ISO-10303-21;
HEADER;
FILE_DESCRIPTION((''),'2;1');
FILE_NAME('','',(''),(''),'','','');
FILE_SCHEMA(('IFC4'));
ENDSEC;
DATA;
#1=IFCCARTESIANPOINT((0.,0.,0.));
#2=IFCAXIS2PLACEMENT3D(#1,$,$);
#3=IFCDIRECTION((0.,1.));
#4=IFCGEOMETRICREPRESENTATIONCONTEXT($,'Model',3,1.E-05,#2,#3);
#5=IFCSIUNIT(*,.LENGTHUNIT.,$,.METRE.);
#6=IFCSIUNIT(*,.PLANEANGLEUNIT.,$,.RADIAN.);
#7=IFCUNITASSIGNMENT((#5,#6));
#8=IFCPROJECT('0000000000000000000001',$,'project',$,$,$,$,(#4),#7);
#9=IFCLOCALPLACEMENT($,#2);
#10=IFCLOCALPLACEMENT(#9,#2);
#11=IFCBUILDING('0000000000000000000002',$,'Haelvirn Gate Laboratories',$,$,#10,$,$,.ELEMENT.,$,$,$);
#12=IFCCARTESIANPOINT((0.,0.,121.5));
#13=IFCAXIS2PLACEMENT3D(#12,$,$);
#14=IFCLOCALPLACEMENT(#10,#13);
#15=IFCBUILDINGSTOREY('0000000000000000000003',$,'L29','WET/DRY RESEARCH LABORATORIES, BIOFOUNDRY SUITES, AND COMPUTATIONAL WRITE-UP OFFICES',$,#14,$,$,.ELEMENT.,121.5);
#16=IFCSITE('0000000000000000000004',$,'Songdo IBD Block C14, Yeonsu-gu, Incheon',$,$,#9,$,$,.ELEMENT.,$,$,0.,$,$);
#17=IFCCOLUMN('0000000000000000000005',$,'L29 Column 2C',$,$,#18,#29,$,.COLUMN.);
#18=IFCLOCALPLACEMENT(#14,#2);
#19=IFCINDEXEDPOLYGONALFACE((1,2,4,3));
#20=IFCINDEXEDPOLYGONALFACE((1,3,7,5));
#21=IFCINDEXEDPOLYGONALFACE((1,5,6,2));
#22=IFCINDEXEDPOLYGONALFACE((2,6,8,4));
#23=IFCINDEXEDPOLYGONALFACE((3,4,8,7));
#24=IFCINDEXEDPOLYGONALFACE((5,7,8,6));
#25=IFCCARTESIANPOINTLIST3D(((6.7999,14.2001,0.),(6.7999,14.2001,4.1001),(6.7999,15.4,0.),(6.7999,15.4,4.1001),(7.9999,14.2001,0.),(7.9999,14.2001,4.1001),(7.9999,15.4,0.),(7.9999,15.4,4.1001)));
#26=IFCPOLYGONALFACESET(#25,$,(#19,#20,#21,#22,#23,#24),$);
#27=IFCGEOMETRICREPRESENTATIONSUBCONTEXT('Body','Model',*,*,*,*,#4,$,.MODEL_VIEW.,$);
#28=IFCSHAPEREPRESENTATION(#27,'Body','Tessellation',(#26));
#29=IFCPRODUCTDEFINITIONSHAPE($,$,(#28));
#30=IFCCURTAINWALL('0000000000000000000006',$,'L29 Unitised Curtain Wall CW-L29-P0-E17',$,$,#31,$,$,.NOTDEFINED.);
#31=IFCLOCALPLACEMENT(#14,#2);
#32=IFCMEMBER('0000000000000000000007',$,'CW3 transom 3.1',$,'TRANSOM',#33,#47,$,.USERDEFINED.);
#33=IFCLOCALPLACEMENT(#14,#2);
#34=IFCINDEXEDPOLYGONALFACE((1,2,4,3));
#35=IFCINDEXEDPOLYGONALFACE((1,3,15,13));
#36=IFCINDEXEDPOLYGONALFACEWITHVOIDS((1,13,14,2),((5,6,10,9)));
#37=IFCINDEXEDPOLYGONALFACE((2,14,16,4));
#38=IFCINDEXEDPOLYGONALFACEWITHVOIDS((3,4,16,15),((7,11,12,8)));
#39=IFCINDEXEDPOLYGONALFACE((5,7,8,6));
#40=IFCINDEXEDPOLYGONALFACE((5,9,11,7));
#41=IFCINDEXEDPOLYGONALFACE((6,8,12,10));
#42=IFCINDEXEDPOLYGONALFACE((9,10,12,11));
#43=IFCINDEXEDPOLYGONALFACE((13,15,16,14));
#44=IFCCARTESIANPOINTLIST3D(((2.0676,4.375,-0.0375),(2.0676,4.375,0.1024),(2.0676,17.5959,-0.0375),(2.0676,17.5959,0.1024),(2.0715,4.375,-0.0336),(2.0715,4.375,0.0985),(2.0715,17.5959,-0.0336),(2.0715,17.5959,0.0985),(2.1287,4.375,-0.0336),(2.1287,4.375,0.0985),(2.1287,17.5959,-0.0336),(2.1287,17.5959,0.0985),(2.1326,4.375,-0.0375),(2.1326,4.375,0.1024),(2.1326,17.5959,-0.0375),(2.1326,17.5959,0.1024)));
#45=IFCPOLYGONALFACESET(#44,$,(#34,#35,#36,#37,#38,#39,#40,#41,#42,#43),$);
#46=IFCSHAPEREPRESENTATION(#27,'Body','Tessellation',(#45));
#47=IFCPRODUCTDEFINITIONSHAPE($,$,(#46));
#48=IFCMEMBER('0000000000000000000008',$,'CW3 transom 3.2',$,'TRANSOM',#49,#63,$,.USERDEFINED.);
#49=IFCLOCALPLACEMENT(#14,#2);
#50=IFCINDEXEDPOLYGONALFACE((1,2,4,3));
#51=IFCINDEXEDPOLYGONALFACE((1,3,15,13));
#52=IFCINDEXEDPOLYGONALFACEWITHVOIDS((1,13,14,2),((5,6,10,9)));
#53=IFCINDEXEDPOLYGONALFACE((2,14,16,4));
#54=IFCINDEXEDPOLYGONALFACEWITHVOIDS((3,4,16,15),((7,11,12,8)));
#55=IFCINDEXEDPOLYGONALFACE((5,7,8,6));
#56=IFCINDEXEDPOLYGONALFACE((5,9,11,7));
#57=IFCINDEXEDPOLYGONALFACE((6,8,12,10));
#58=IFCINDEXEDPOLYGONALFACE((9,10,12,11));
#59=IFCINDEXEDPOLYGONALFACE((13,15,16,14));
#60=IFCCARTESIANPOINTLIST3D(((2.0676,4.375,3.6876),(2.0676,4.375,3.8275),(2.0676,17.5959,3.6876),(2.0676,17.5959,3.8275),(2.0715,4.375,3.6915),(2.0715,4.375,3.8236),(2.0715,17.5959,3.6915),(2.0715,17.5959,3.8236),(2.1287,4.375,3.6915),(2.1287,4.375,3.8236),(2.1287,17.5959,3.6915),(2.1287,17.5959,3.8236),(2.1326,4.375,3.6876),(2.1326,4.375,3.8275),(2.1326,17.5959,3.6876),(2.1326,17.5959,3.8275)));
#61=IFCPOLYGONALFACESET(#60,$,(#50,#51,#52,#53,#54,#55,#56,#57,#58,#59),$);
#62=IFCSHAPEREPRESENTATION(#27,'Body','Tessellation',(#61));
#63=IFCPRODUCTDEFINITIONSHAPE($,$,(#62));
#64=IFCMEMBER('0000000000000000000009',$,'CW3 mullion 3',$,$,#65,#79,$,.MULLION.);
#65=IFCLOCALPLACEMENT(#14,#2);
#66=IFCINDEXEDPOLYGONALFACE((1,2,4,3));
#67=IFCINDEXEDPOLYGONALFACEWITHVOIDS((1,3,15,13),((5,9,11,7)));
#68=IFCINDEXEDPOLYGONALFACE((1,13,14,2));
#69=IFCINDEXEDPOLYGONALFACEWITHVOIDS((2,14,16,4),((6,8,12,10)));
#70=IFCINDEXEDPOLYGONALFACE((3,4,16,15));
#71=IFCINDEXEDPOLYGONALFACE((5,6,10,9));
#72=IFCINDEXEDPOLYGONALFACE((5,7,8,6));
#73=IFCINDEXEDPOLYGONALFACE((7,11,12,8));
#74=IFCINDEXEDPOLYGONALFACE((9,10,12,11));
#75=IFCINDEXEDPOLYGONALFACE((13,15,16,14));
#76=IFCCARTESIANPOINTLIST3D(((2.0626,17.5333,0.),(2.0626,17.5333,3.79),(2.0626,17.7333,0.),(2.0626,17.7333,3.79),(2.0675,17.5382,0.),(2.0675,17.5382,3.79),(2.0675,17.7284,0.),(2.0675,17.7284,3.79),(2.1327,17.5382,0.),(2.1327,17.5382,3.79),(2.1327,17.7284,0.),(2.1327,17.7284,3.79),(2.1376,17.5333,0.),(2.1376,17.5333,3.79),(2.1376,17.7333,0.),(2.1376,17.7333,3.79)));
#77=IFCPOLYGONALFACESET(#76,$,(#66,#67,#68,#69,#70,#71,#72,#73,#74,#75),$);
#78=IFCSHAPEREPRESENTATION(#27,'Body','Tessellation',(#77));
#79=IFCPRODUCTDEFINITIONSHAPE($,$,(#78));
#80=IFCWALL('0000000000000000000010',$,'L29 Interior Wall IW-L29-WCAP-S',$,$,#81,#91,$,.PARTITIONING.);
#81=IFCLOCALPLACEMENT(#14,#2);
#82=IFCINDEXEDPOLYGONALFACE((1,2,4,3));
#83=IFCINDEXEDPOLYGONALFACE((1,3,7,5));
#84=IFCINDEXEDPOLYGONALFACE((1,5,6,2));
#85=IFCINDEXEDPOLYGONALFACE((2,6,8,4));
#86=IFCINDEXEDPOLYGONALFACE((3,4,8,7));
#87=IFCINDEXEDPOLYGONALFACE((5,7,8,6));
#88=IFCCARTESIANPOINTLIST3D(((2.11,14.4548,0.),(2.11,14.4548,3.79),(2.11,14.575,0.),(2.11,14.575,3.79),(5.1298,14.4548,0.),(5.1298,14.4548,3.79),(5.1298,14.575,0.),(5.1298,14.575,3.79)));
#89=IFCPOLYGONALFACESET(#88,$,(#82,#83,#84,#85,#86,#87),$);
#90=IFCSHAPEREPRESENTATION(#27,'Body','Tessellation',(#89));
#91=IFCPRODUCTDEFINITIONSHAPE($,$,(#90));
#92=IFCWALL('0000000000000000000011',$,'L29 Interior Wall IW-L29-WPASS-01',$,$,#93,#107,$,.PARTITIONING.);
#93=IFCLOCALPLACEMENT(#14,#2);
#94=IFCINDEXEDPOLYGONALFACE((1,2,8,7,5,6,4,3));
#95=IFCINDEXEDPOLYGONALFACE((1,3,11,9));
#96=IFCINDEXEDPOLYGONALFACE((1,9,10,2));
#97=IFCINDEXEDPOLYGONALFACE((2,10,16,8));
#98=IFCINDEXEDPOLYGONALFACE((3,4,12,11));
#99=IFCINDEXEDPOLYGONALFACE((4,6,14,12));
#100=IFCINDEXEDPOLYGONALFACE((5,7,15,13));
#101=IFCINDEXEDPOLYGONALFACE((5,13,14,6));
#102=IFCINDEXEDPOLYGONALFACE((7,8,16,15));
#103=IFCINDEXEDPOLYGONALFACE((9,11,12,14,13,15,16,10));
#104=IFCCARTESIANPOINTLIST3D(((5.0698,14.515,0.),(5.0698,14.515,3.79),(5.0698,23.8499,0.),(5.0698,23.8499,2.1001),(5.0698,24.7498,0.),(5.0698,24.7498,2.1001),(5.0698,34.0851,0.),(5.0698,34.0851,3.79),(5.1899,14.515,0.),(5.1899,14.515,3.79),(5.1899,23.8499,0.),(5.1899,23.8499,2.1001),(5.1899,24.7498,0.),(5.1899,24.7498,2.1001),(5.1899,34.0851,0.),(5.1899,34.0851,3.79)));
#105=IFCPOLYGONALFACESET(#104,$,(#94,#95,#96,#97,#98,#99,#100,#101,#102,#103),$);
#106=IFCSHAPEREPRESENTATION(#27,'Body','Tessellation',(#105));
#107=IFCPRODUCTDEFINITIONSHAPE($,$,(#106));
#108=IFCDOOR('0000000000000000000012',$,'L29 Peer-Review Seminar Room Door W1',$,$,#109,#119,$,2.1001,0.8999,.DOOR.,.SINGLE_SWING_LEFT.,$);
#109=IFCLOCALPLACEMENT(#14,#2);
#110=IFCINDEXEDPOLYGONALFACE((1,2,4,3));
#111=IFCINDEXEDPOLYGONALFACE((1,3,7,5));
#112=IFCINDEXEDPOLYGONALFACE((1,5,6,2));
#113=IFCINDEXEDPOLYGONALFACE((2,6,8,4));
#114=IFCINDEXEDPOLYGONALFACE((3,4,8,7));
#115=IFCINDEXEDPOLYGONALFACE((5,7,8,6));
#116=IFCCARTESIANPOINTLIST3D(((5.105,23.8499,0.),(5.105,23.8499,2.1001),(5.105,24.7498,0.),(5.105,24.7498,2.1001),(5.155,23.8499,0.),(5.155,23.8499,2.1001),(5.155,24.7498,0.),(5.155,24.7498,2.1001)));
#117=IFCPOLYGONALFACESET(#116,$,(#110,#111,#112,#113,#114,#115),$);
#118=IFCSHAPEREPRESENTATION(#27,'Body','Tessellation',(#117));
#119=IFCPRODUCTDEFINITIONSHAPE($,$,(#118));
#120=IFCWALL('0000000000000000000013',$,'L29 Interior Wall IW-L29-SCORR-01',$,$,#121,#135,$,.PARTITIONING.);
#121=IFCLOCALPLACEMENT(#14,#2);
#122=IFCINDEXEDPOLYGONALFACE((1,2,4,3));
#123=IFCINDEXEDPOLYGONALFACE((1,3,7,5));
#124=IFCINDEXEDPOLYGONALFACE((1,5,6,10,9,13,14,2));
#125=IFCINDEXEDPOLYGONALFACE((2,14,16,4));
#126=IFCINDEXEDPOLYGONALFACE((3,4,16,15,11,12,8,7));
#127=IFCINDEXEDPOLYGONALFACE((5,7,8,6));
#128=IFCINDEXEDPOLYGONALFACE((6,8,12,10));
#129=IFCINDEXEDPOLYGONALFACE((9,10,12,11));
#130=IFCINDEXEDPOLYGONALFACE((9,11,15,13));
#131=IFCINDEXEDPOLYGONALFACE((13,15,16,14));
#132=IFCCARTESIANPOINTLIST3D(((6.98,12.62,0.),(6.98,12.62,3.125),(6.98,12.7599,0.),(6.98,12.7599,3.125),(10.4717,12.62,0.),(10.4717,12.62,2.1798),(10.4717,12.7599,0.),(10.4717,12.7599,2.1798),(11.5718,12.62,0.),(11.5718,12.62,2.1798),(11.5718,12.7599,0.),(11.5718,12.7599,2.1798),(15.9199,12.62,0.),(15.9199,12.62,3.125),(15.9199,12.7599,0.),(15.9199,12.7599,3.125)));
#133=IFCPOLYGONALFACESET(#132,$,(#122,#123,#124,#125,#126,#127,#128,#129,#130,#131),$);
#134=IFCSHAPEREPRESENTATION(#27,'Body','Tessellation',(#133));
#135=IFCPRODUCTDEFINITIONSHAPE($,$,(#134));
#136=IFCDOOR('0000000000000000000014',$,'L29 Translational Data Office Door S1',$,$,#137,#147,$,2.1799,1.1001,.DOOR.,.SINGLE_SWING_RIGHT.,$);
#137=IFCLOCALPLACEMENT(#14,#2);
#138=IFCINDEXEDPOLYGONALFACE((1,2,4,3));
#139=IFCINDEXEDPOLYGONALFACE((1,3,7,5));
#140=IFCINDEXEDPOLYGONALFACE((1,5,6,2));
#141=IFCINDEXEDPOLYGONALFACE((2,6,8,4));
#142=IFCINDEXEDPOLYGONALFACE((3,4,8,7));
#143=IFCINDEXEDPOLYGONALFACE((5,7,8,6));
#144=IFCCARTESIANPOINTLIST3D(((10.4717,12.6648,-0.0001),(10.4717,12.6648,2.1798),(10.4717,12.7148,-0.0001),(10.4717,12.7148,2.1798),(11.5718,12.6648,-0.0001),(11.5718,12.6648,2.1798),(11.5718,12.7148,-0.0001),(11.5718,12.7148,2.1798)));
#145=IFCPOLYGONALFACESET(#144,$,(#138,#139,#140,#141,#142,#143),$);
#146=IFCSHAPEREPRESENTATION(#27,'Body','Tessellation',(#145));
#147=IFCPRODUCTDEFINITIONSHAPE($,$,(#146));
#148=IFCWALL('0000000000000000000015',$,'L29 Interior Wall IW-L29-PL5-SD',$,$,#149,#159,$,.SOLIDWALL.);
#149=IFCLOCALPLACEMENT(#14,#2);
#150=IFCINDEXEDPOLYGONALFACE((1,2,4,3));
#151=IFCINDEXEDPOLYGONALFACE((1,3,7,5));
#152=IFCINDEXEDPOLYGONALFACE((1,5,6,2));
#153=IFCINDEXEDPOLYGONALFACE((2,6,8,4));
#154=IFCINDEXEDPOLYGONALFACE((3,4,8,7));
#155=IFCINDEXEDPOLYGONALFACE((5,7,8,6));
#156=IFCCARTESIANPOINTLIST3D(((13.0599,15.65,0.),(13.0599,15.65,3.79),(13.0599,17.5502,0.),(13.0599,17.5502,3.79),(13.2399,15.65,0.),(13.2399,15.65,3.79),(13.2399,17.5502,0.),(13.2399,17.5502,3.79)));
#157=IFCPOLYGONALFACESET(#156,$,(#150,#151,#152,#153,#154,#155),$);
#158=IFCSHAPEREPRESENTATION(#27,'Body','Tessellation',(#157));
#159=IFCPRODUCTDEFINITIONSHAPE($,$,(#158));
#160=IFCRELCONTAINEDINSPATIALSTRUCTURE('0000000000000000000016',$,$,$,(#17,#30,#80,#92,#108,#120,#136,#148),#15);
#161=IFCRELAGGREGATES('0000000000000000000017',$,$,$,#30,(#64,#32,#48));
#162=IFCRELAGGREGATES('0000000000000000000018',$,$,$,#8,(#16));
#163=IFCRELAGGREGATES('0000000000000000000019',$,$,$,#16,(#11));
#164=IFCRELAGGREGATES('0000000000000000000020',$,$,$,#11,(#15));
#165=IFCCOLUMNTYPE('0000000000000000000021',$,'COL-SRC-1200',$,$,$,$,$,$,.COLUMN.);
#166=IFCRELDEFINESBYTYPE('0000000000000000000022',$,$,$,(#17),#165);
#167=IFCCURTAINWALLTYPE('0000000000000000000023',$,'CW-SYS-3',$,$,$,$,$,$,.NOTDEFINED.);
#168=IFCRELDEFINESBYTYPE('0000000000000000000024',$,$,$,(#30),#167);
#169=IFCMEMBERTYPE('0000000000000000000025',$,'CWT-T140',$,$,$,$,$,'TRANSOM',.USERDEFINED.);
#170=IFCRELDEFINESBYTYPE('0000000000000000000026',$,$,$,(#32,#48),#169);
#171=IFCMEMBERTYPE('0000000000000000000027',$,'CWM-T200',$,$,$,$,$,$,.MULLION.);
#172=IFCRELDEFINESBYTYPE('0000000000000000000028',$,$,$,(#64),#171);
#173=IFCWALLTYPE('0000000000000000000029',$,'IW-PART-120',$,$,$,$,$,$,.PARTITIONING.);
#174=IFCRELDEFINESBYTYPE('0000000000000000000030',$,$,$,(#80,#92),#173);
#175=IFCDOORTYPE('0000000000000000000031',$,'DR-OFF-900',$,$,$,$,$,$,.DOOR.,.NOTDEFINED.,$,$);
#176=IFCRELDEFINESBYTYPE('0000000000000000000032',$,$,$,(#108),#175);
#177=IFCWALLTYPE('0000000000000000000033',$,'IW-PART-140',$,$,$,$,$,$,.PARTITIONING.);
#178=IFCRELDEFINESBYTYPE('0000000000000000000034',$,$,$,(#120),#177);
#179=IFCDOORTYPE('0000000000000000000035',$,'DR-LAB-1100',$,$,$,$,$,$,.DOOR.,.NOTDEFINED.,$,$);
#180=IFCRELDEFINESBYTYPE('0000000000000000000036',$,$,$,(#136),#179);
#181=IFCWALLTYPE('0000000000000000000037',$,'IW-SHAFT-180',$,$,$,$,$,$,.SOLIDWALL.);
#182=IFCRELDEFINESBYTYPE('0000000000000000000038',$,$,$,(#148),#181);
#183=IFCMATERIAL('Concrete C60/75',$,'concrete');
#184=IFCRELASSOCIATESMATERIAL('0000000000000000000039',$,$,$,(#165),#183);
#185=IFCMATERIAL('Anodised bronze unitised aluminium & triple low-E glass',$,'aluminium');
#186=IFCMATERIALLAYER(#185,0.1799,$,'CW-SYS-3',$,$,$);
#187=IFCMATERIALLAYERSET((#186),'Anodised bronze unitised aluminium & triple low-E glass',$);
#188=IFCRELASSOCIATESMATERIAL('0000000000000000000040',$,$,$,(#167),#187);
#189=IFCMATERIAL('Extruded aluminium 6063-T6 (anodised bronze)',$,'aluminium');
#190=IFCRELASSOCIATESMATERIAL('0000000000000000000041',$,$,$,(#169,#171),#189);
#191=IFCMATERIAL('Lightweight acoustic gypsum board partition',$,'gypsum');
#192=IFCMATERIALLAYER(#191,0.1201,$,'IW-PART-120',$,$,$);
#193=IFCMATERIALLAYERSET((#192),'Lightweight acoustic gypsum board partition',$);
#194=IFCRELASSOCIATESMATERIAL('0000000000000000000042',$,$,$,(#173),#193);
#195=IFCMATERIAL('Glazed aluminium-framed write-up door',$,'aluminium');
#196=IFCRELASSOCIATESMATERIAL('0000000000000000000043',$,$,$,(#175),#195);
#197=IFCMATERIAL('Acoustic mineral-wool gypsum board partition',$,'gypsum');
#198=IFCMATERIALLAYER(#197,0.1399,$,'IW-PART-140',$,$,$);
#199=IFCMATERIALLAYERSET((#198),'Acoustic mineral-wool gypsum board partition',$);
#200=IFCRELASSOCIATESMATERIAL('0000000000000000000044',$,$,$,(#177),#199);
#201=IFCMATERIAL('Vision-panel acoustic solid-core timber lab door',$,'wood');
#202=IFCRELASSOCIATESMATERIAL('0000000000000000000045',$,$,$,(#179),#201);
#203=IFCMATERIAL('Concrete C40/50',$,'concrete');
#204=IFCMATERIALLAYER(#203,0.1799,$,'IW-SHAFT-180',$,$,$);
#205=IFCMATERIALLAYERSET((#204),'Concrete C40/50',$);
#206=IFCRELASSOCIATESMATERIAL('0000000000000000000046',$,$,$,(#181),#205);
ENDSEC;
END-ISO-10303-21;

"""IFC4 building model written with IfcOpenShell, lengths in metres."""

from ifc_helpers import new_model, si_unit, direction, frame, frame_2d, origin, origin_2d, place, context, subcontext, project, spatial, rectangle, hollow_rectangle, extrude, source, transform, mapped, material, layer, layer_set, material_profile, profile_set, type_object, type_shapes, element, fill, aggregate, save


model = new_model("IFC4")

# Units and contexts
model_context = context("Model", 3, precision=1e-05, world=origin(), true_north=direction((0.0, 1.0)))
body_context = subcontext(model_context, "Body", "Model", "MODEL_VIEW")
ifc_project = project(units=[si_unit("LENGTHUNIT", "METRE"), si_unit("PLANEANGLEUNIT", "RADIAN")], contexts=[model_context])

# Site, building, storey
site_placement = place(None, origin())
site = spatial("IfcSite", under=ifc_project, at=site_placement, Name="Songdo IBD Block C14, Yeonsu-gu, Incheon", CompositionType="ELEMENT", RefElevation=0.0)
building_placement = place(site_placement, origin())
building = spatial("IfcBuilding", under=site, at=building_placement, Name="Haelvirn Gate Laboratories", CompositionType="ELEMENT")
storey_placement = place(building_placement, frame((0.0, 0.0, 121.5)))
storey = spatial("IfcBuildingStorey", under=building, at=storey_placement, Name="L29", Description="WET/DRY RESEARCH LABORATORIES, BIOFOUNDRY SUITES, AND COMPUTATIONAL WRITE-UP OFFICES", CompositionType="ELEMENT", Elevation=121.5)

# Column
ifc_material_1 = material(Name="Concrete C60/75", Category="concrete")
ifc_material_profile_1 = material_profile(ifc_material_1, rectangle(XDim=1.2, YDim=1.2, at=origin_2d()), Name="SRC-1200x1200")
ifc_profile_set_1 = profile_set([ifc_material_profile_1], Name="Concrete C60/75")
column_type = type_object("IfcColumnType", Name="COL-SRC-1200", PredefinedType="COLUMN", material=ifc_profile_set_1)
shared_shape_1 = source(origin(), body_context, "Body", "SweptSolid", [
    extrude(rectangle(XDim=1.2, YDim=1.2, at=origin_2d()), origin(), (0.0, 0.0, 1.0), 4.1001),
])
type_shapes(column_type, [shared_shape_1])
column_placement = place(storey_placement, frame((7.3999, 14.8, 0.0), z_axis=(0.0, 0.0, 1.0), x_axis=(1.0, 0.0, 0.0)))
element("IfcColumn", 1, at=column_placement, inside=storey, type_object=column_type, Name="L29 Column 2C", PredefinedType="COLUMN", context=body_context, shape_type="MappedRepresentation", body=[
    mapped(shared_shape_1, transform((0.0, 0.0, 0.0), scale=1.0)),
])

# Curtain wall, members
ifc_material_2 = material(Name="Anodised bronze unitised aluminium & triple low-E glass", Category="aluminium")
ifc_layer_1 = layer(ifc_material_2, 0.1799, Name="CW-SYS-3")
ifc_layer_set_1 = layer_set([ifc_layer_1], Name="Anodised bronze unitised aluminium & triple low-E glass")
curtain_wall_type = type_object("IfcCurtainWallType", Name="CW-SYS-3", PredefinedType="NOTDEFINED", material=ifc_layer_set_1)
curtain_wall_placement = place(storey_placement, origin())
curtain_wall = element("IfcCurtainWall", 2, at=curtain_wall_placement, inside=storey, type_object=curtain_wall_type, Name="L29 Unitised Curtain Wall CW-L29-P0-E17", PredefinedType="NOTDEFINED")
ifc_material_3 = material(Name="Extruded aluminium 6063-T6 (anodised bronze)", Category="aluminium")
ifc_material_profile_2 = material_profile(ifc_material_3, hollow_rectangle(XDim=0.0649, YDim=0.1399, WallThickness=0.0039, at=origin_2d()), Name="CWT-140x65x4")
ifc_profile_set_2 = profile_set([ifc_material_profile_2], Name="Extruded aluminium 6063-T6 (anodised bronze)")
member_type_1 = type_object("IfcMemberType", Name="CWT-T140", ElementType="TRANSOM", PredefinedType="USERDEFINED", material=ifc_profile_set_2)
shared_shape_2 = source(origin(), body_context, "Body", "SweptSolid", [
    extrude(hollow_rectangle(XDim=0.0649, YDim=0.1399, WallThickness=0.0039, at=origin_2d()), origin(), (0.0, 0.0, 1.0), 13.2209),
])
type_shapes(member_type_1, [shared_shape_2])
member_1_placement = place(storey_placement, frame((2.1001, 17.5959, 0.0325), z_axis=(0.0, -1.0, 0.0), x_axis=(1.0, 0.0, 0.0)))
member_1 = element("IfcMember", 3, at=member_1_placement, type_object=member_type_1, Name="CW3 transom 3.1", ObjectType="TRANSOM", PredefinedType="USERDEFINED", context=body_context, shape_type="MappedRepresentation", body=[
    mapped(shared_shape_2, transform((0.0, 0.0, 0.0), scale=1.0)),
])
member_2_placement = place(storey_placement, frame((2.1001, 17.5959, 3.7576), z_axis=(0.0, -1.0, 0.0), x_axis=(1.0, 0.0, 0.0)))
member_2 = element("IfcMember", 4, at=member_2_placement, type_object=member_type_1, Name="CW3 transom 3.2", ObjectType="TRANSOM", PredefinedType="USERDEFINED", context=body_context, shape_type="MappedRepresentation", body=[
    mapped(shared_shape_2, transform((0.0, 0.0, 0.0), scale=1.0)),
])
ifc_material_profile_3 = material_profile(ifc_material_3, hollow_rectangle(XDim=0.075, YDim=0.2, WallThickness=0.0049, at=origin_2d()), Name="CWM-200x75x5")
ifc_profile_set_3 = profile_set([ifc_material_profile_3], Name="Extruded aluminium 6063-T6 (anodised bronze)")
member_type_2 = type_object("IfcMemberType", Name="CWM-T200", PredefinedType="MULLION", material=ifc_profile_set_3)
shared_shape_3 = source(origin(), body_context, "Body", "SweptSolid", [
    extrude(hollow_rectangle(XDim=0.075, YDim=0.2, WallThickness=0.0049, at=origin_2d()), origin(), (0.0, 0.0, 1.0), 3.79),
])
type_shapes(member_type_2, [shared_shape_3])
member_3_placement = place(storey_placement, frame((2.1001, 17.6333, 0.0), z_axis=(0.0, 0.0, 1.0), x_axis=(1.0, 0.0, 0.0)))
member_3 = element("IfcMember", 5, at=member_3_placement, type_object=member_type_2, Name="CW3 mullion 3", PredefinedType="MULLION", context=body_context, shape_type="MappedRepresentation", body=[
    mapped(shared_shape_3, transform((0.0, 0.0, 0.0), scale=1.0)),
])
aggregate(curtain_wall, [member_3, member_1, member_2])

# Wall
ifc_material_4 = material(Name="Lightweight acoustic gypsum board partition", Category="gypsum")
ifc_layer_2 = layer(ifc_material_4, 0.1201, Name="IW-PART-120")
ifc_layer_set_2 = layer_set([ifc_layer_2], Name="Lightweight acoustic gypsum board partition")
wall_type_1 = type_object("IfcWallType", Name="IW-PART-120", PredefinedType="PARTITIONING", material=ifc_layer_set_2)
wall_1_placement = place(storey_placement, frame((2.1101, 14.5149, 0.0), z_axis=(0.0, 0.0, 1.0), x_axis=(1.0, 0.0, 0.0)))
element("IfcWall", 6, at=wall_1_placement, inside=storey, type_object=wall_type_1, Name="L29 Interior Wall IW-L29-WCAP-S", PredefinedType="PARTITIONING", context=body_context, shape_type="SweptSolid", body=[
    extrude(rectangle(XDim=3.0198, YDim=0.1201, at=frame_2d((1.5098, 0.0))), origin(), (0.0, 0.0, 1.0), 3.79),
])

# Walls, openings, doors
wall_2_placement = place(storey_placement, frame((5.1299, 14.5149, 0.0), z_axis=(0.0, 0.0, 1.0), x_axis=(0.0, 1.0, 0.0)))
wall_2 = element("IfcWall", 7, at=wall_2_placement, inside=storey, type_object=wall_type_1, Name="L29 Interior Wall IW-L29-WPASS-01", PredefinedType="PARTITIONING", context=body_context, shape_type="SweptSolid", body=[
    extrude(rectangle(XDim=19.5701, YDim=0.1201, at=frame_2d((9.7852, 0.0))), origin(), (0.0, 0.0, 1.0), 3.79),
])
opening_1_placement = place(wall_2_placement, frame((9.335, 0.0, 0.0)))
opening_1 = element("IfcOpeningElement", 8, at=opening_1_placement, cuts=wall_2, PredefinedType="OPENING", context=body_context, shape_type="SweptSolid", body=[
    extrude(rectangle(XDim=0.8999, YDim=2.1001, at=frame_2d((0.45, 1.05))), frame((0.0, 0.0701, 0.0), z_axis=(0.0, -1.0, 0.0), x_axis=(1.0, 0.0, 0.0)), (0.0, 0.0, 1.0), 0.1401),
])
ifc_material_5 = material(Name="Glazed aluminium-framed write-up door", Category="aluminium")
door_type_1 = type_object("IfcDoorType", Name="DR-OFF-900", OperationType="NOTDEFINED", PredefinedType="DOOR", material=ifc_material_5)
shared_shape_4 = source(origin(), body_context, "Body", "SweptSolid", [
    extrude(rectangle(XDim=0.8999, YDim=2.1001, at=frame_2d((0.45, 1.05))), frame((0.0, 0.0249, 0.0), z_axis=(0.0, -1.0, 0.0), x_axis=(1.0, 0.0, 0.0)), (0.0, 0.0, 1.0), 0.05),
])
type_shapes(door_type_1, [shared_shape_4])
door_1_placement = place(opening_1_placement, origin())
door_1 = element("IfcDoor", 9, at=door_1_placement, inside=storey, type_object=door_type_1, Name="L29 Peer-Review Seminar Room Door W1", OperationType="SINGLE_SWING_LEFT", OverallHeight=2.1001, OverallWidth=0.8999, PredefinedType="DOOR", context=body_context, shape_type="MappedRepresentation", body=[
    mapped(shared_shape_4, transform((0.0, 0.0, 0.0), scale=1.0)),
])
fill(opening_1, door_1)
ifc_material_6 = material(Name="Acoustic mineral-wool gypsum board partition", Category="gypsum")
ifc_layer_3 = layer(ifc_material_6, 0.1399, Name="IW-PART-140")
ifc_layer_set_3 = layer_set([ifc_layer_3], Name="Acoustic mineral-wool gypsum board partition")
wall_type_2 = type_object("IfcWallType", Name="IW-PART-140", PredefinedType="PARTITIONING", material=ifc_layer_set_3)
wall_3_placement = place(storey_placement, frame((6.98, 12.6899, 0.0), z_axis=(0.0, 0.0, 1.0), x_axis=(1.0, 0.0, 0.0)))
wall_3 = element("IfcWall", 10, at=wall_3_placement, inside=storey, type_object=wall_type_2, Name="L29 Interior Wall IW-L29-SCORR-01", PredefinedType="PARTITIONING", context=body_context, shape_type="SweptSolid", body=[
    extrude(rectangle(XDim=8.9399, YDim=0.1399, at=frame_2d((4.47, 0.0))), origin(), (0.0, 0.0, 1.0), 3.125),
])
opening_2_placement = place(wall_3_placement, frame((3.4917, 0.0, 0.0)))
opening_2 = element("IfcOpeningElement", 11, at=opening_2_placement, cuts=wall_3, PredefinedType="OPENING", context=body_context, shape_type="SweptSolid", body=[
    extrude(rectangle(XDim=1.1001, YDim=2.1799, at=frame_2d((0.55, 1.0898))), frame((0.0, 0.0801, 0.0), z_axis=(0.0, -1.0, 0.0), x_axis=(1.0, 0.0, 0.0)), (0.0, 0.0, 1.0), 0.1599),
])
ifc_material_7 = material(Name="Vision-panel acoustic solid-core timber lab door", Category="wood")
door_type_2 = type_object("IfcDoorType", Name="DR-LAB-1100", OperationType="NOTDEFINED", PredefinedType="DOOR", material=ifc_material_7)
shared_shape_5 = source(origin(), body_context, "Body", "SweptSolid", [
    extrude(rectangle(XDim=1.1001, YDim=2.1799, at=frame_2d((0.55, 1.0898))), frame((0.0, 0.0249, 0.0), z_axis=(0.0, -1.0, 0.0), x_axis=(1.0, 0.0, 0.0)), (0.0, 0.0, 1.0), 0.05),
])
type_shapes(door_type_2, [shared_shape_5])
door_2_placement = place(opening_2_placement, origin())
door_2 = element("IfcDoor", 12, at=door_2_placement, inside=storey, type_object=door_type_2, Name="L29 Translational Data Office Door S1", OperationType="SINGLE_SWING_RIGHT", OverallHeight=2.1799, OverallWidth=1.1001, PredefinedType="DOOR", context=body_context, shape_type="MappedRepresentation", body=[
    mapped(shared_shape_5, transform((0.0, 0.0, 0.0), scale=1.0)),
])
fill(opening_2, door_2)

# Wall
ifc_material_8 = material(Name="Concrete C40/50", Category="concrete")
ifc_layer_4 = layer(ifc_material_8, 0.1799, Name="IW-SHAFT-180")
ifc_layer_set_4 = layer_set([ifc_layer_4], Name="Concrete C40/50")
wall_type_3 = type_object("IfcWallType", Name="IW-SHAFT-180", PredefinedType="SOLIDWALL", material=ifc_layer_set_4)
wall_4_placement = place(storey_placement, frame((13.1499, 15.6499, 0.0), z_axis=(0.0, 0.0, 1.0), x_axis=(0.0, 1.0, 0.0)))
element("IfcWall", 13, at=wall_4_placement, inside=storey, type_object=wall_type_3, Name="L29 Interior Wall IW-L29-PL5-SD", PredefinedType="SOLIDWALL", context=body_context, shape_type="SweptSolid", body=[
    extrude(rectangle(XDim=1.9001, YDim=0.1799, at=frame_2d((0.9502, 0.0))), origin(), (0.0, 0.0, 1.0), 3.79),
])

save(model, "model.ifc")
